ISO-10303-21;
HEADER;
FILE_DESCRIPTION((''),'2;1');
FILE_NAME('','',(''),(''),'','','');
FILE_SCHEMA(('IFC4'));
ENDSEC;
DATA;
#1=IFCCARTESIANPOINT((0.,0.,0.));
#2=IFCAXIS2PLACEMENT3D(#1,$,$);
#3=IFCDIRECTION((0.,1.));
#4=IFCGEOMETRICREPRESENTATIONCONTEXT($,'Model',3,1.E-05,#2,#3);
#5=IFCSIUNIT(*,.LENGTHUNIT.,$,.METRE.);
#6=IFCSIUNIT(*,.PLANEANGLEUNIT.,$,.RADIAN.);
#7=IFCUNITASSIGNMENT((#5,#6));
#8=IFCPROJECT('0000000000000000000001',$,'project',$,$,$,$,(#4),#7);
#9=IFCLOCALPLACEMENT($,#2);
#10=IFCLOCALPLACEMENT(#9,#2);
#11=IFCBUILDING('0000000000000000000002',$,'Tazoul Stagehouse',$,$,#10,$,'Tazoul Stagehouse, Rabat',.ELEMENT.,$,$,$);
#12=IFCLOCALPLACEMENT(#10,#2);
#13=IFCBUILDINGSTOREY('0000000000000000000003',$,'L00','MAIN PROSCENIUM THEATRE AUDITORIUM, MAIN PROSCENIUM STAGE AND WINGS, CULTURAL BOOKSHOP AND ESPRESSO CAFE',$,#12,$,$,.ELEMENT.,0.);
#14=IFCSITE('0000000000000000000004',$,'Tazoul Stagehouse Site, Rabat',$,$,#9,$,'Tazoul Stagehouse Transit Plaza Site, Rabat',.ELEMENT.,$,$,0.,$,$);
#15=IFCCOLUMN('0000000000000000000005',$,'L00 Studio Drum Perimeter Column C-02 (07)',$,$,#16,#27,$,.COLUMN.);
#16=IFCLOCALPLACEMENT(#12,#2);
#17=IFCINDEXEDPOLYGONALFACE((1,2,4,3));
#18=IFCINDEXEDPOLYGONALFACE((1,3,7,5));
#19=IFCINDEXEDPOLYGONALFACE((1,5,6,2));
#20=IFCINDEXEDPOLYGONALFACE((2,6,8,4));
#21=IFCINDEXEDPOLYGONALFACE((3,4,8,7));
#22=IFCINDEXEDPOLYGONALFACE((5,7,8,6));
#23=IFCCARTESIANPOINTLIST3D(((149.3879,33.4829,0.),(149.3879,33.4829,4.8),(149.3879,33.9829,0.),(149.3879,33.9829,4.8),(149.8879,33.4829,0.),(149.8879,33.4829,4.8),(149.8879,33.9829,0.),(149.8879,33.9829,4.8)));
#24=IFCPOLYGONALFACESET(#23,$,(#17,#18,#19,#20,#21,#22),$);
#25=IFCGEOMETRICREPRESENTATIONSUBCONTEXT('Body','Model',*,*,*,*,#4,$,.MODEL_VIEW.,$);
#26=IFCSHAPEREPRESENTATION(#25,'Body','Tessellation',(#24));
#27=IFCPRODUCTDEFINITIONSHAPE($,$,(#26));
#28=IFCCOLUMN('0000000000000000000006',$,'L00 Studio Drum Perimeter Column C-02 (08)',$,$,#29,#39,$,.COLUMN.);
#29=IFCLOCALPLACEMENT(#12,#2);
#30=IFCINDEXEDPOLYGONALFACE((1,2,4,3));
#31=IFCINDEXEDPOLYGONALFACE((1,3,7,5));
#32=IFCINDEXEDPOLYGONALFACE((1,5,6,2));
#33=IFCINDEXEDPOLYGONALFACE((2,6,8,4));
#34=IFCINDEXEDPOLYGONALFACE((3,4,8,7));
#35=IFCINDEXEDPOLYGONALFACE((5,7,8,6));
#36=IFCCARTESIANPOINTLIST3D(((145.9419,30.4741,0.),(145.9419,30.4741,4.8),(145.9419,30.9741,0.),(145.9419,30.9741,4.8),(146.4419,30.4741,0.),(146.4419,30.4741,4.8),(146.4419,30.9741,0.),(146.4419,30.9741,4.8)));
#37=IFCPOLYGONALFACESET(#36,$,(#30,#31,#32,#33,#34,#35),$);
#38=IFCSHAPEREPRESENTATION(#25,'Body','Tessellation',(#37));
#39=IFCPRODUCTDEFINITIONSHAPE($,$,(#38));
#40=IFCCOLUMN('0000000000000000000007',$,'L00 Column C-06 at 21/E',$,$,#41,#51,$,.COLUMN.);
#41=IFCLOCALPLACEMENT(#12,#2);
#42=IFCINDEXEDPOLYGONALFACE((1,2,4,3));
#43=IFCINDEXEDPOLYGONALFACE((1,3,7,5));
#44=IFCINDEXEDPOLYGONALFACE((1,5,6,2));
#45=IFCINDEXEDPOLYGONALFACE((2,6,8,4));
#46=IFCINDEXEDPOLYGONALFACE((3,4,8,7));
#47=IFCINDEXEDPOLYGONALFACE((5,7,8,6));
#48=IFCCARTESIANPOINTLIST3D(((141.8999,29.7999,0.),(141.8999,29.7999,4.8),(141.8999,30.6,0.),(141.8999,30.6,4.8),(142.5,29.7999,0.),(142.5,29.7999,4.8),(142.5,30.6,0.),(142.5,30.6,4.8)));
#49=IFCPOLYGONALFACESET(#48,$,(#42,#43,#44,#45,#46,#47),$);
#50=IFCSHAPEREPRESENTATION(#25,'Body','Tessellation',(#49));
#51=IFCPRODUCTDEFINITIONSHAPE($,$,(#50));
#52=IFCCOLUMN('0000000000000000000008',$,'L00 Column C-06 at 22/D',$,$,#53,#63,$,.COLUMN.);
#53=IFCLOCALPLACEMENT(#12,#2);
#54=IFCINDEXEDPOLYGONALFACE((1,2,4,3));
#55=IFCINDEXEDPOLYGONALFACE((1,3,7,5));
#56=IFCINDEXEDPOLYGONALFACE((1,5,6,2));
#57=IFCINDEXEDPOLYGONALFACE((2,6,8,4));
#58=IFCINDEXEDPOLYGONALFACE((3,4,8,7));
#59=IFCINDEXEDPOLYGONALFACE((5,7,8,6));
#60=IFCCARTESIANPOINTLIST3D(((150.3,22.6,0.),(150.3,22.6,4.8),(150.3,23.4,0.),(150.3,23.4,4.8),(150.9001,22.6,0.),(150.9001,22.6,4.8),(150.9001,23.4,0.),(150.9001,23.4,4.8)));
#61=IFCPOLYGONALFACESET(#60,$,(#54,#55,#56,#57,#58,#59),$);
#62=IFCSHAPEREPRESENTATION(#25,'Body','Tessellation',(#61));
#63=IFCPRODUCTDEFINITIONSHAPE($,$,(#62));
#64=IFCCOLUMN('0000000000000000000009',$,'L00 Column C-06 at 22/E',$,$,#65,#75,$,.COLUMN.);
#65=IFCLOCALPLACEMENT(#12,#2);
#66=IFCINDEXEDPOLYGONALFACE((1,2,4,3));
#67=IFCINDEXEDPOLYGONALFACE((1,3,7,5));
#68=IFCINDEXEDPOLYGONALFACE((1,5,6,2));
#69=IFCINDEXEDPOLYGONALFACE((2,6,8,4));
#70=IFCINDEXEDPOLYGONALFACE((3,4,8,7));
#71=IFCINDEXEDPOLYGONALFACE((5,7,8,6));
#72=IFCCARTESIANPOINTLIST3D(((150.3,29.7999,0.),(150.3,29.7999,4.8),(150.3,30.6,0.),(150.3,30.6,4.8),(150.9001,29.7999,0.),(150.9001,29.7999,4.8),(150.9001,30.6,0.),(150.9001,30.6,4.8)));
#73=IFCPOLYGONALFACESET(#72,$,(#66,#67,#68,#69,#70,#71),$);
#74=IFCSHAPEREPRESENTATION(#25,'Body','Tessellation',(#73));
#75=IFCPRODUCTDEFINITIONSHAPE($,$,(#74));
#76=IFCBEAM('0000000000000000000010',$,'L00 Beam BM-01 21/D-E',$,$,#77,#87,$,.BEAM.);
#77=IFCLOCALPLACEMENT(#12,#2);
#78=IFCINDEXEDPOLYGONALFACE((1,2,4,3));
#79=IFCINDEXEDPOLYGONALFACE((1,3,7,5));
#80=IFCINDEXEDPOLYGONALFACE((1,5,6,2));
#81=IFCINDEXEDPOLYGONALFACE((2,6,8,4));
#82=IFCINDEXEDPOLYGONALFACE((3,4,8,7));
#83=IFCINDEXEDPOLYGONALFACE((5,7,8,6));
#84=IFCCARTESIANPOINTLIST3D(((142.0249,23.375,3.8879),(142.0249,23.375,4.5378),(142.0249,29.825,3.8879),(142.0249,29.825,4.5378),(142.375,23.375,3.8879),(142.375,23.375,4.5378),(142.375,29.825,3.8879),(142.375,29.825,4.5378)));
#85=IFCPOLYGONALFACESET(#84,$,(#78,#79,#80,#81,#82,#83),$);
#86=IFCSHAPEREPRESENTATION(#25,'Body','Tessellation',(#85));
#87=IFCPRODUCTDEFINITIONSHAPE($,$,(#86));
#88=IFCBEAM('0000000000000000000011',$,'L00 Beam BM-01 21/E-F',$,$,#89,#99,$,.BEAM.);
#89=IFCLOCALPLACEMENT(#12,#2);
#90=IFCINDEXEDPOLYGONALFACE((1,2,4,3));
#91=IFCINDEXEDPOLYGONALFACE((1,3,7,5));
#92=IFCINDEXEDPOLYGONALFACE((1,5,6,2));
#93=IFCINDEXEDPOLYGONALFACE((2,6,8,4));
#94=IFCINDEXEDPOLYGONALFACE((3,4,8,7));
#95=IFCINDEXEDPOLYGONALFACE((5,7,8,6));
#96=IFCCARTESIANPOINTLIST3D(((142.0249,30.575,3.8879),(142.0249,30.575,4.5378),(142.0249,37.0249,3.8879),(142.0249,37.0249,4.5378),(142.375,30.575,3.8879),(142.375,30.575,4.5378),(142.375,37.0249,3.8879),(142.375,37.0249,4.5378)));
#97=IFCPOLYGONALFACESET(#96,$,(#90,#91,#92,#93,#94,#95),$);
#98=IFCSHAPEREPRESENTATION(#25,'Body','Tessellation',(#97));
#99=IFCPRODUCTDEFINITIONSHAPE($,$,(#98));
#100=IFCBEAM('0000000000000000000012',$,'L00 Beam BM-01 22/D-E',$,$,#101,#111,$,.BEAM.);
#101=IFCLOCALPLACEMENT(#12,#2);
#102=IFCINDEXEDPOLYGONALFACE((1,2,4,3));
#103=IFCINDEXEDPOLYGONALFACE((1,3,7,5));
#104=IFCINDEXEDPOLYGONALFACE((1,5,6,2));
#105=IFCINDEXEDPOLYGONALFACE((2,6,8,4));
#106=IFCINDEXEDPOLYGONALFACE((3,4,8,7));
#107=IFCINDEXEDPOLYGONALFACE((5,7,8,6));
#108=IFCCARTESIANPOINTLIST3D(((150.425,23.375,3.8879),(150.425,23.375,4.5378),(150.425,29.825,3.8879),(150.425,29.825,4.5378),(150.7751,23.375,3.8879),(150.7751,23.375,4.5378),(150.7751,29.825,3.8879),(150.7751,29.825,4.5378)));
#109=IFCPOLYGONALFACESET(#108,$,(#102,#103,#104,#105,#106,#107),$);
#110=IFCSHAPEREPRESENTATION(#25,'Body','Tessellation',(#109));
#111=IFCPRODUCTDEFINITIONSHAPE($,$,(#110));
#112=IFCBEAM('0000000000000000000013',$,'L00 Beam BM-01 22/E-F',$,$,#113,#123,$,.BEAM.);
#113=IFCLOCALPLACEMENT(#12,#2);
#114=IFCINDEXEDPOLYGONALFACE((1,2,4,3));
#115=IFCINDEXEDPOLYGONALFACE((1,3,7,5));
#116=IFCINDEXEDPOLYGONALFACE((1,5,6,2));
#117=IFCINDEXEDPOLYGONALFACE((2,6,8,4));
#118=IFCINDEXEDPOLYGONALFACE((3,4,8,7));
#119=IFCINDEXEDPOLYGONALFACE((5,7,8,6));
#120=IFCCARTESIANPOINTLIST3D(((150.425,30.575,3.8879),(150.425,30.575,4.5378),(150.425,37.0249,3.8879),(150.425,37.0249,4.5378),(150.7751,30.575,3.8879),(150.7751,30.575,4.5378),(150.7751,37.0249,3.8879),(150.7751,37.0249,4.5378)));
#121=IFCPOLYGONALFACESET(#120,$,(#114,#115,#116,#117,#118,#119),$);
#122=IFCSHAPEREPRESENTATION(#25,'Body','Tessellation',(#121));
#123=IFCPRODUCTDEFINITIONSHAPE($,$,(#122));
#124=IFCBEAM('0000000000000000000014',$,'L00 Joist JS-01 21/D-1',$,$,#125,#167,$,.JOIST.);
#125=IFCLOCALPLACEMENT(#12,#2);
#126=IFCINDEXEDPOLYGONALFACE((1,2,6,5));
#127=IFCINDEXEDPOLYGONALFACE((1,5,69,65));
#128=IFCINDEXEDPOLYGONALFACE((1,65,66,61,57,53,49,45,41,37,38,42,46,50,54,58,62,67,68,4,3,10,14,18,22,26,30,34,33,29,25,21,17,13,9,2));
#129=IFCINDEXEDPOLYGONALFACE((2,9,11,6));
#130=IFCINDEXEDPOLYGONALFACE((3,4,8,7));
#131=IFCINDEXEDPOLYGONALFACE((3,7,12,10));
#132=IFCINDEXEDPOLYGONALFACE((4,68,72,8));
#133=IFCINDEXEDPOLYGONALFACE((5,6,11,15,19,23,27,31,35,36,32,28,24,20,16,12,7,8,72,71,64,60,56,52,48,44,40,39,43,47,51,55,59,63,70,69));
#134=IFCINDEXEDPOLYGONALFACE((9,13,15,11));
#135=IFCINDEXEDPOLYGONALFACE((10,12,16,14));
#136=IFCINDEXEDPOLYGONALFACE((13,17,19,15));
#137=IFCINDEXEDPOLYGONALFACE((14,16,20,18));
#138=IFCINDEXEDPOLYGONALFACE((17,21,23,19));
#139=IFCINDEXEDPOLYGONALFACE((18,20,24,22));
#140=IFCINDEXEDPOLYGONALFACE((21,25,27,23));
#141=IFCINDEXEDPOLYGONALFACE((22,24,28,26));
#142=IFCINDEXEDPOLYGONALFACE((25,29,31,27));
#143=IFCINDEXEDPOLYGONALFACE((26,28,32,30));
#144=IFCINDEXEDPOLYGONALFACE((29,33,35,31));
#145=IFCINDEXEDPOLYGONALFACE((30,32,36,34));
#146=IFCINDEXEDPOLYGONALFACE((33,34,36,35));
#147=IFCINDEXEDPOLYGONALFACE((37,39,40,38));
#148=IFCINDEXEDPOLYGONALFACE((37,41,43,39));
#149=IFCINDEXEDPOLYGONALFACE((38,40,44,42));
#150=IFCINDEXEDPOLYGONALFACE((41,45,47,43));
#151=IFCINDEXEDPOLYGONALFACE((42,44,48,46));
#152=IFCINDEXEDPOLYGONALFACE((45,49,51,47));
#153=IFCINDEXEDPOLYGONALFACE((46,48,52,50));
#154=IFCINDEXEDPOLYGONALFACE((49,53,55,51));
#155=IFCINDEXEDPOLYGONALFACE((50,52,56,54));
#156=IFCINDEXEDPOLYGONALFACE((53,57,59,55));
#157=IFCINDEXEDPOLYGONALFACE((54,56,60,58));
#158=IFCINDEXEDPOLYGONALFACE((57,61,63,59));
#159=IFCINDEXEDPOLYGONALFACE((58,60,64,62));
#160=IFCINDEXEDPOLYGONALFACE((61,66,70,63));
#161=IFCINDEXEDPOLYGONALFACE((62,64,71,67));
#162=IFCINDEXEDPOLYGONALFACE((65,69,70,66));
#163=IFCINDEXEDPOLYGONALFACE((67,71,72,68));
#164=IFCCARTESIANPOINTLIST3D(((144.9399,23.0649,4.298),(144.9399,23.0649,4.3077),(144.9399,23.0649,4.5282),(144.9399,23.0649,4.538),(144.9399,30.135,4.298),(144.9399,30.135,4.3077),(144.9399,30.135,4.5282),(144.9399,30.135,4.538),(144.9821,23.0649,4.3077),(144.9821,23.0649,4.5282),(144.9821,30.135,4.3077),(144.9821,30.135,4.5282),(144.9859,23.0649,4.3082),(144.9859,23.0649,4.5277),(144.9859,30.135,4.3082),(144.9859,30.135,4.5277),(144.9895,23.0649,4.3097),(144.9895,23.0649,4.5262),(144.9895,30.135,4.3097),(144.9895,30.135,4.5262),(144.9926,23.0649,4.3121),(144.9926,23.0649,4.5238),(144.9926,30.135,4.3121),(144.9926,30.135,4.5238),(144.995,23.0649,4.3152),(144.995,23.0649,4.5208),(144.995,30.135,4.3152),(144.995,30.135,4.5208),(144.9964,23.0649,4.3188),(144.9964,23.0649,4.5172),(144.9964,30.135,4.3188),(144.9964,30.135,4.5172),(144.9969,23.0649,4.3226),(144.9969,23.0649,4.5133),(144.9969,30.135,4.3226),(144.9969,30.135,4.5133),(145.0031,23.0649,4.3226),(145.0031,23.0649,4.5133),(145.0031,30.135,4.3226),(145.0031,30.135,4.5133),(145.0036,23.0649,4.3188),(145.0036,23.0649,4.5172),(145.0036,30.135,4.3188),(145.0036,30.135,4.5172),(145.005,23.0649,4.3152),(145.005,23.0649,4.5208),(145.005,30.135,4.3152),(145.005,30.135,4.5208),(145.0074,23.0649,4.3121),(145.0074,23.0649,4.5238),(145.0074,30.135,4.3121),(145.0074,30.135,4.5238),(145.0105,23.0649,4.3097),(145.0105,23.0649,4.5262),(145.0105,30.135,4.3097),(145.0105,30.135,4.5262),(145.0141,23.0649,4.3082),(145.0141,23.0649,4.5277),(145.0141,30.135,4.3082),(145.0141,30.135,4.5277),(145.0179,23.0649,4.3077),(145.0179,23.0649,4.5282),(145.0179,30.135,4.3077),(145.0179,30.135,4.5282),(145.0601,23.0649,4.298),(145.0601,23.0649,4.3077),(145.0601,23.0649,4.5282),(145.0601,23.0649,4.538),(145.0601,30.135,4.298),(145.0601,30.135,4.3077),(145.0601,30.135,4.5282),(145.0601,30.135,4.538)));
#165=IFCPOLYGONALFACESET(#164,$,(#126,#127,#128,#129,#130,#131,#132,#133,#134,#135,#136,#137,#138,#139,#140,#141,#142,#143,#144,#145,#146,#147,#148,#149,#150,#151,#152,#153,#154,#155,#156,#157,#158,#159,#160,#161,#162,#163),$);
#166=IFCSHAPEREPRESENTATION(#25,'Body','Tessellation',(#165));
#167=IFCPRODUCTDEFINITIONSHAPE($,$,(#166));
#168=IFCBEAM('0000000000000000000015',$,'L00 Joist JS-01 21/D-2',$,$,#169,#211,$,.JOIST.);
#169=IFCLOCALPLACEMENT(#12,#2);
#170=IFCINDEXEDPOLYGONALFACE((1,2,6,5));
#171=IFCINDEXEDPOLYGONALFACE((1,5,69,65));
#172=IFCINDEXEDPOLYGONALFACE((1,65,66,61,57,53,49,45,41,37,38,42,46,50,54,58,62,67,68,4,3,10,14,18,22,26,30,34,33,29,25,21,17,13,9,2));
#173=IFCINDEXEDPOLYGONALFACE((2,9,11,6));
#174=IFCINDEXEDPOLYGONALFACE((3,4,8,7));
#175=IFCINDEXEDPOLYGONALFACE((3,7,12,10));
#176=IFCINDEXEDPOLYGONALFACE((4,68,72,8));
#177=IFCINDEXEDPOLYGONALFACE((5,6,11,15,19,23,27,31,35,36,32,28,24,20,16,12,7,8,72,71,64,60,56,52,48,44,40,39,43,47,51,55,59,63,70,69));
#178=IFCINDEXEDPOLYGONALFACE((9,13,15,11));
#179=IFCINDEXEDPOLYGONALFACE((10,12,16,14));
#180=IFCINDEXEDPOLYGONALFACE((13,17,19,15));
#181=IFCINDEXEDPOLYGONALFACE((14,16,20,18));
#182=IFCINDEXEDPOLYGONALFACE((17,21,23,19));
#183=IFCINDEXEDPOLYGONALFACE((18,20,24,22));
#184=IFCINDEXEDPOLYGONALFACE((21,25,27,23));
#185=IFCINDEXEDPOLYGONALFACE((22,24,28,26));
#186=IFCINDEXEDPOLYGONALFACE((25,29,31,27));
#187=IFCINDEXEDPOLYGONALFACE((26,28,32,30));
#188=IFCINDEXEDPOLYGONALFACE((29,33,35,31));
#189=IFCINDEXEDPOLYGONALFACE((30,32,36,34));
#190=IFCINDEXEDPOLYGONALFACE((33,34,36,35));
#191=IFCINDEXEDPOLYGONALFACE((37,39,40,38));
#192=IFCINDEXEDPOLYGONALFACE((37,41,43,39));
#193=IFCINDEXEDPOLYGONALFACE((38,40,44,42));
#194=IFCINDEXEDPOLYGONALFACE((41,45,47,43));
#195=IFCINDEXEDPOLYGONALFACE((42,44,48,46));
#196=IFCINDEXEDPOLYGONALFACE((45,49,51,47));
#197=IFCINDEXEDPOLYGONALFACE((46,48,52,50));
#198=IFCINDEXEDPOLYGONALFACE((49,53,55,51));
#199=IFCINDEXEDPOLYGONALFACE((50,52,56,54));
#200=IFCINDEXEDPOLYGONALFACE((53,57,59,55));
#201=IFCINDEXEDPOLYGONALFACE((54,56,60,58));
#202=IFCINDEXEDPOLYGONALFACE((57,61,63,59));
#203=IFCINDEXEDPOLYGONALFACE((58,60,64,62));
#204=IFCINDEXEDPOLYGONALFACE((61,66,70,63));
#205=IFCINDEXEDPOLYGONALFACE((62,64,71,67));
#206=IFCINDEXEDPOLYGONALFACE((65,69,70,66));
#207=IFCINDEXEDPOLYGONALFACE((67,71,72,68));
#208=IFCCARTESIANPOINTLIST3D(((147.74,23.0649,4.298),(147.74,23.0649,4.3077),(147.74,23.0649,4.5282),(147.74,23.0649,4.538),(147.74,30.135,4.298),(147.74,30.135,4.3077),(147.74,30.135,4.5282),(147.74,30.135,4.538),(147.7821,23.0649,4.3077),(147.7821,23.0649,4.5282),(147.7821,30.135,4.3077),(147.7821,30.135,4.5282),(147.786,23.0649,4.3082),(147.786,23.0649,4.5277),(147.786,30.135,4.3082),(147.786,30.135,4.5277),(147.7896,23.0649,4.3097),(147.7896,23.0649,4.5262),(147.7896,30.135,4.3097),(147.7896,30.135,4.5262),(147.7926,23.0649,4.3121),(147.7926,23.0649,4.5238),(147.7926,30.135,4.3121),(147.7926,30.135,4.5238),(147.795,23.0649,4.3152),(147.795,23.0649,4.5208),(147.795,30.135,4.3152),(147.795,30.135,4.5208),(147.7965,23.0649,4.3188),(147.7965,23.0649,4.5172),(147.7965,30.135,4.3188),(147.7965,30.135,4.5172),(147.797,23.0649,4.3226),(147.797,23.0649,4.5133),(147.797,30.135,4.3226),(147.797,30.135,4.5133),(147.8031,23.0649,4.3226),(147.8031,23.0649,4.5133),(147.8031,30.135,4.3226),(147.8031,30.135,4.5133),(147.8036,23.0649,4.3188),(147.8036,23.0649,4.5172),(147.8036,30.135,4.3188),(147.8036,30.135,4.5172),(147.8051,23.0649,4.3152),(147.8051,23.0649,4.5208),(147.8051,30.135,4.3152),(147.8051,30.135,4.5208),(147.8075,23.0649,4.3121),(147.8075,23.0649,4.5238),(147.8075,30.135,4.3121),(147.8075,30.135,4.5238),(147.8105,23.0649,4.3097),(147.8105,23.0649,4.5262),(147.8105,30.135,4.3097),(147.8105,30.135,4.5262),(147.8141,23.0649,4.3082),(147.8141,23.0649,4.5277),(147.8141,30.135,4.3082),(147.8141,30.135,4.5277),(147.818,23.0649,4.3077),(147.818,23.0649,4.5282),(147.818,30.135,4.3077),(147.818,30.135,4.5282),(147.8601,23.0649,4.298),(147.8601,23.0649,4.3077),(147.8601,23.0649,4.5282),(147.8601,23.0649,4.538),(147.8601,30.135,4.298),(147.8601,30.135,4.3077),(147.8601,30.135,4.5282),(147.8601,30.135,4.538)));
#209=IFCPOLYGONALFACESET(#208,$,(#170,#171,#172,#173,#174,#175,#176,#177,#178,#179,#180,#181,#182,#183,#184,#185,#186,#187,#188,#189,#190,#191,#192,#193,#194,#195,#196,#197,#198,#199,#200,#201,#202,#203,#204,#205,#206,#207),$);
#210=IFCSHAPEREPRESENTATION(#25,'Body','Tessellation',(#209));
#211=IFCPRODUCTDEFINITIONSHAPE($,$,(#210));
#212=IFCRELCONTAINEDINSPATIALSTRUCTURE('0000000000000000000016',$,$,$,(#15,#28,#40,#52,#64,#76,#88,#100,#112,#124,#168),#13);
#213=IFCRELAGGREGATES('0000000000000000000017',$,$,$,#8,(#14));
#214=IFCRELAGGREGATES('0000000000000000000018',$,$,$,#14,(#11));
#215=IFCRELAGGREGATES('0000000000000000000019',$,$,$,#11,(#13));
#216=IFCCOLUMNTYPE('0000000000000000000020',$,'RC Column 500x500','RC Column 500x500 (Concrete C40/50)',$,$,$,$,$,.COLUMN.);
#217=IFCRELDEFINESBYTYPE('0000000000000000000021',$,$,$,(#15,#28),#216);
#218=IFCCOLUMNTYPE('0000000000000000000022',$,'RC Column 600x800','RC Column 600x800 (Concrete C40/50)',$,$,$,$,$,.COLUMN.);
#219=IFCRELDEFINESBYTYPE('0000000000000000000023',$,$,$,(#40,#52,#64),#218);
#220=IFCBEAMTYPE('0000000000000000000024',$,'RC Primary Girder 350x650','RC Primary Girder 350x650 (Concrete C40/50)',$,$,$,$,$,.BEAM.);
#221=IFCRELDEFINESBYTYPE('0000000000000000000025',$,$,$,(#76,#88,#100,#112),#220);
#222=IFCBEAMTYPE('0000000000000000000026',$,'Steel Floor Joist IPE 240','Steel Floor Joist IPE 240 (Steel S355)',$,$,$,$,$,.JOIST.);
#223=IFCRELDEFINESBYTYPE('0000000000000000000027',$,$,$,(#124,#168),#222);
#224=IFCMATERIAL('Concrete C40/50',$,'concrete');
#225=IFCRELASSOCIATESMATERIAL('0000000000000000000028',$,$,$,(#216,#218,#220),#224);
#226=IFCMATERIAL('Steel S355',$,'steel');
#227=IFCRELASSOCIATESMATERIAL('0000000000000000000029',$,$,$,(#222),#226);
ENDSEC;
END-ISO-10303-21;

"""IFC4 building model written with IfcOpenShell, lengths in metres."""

from ifc_helpers import new_model, si_unit, direction, frame, origin, origin_2d, place, context, subcontext, project, spatial, rectangle, i_section, extrude, material, material_profile, profile_set, type_object, element, save


model = new_model("IFC4")

# Units and contexts
model_context = context("Model", 3, precision=1e-05, world=origin(), true_north=direction((0.0, 1.0)))
body_context = subcontext(model_context, "Body", "Model", "MODEL_VIEW")
ifc_project = project(units=[si_unit("LENGTHUNIT", "METRE"), si_unit("PLANEANGLEUNIT", "RADIAN")], contexts=[model_context])

# Site, building, storey
site_placement = place(None, origin())
site = spatial("IfcSite", under=ifc_project, at=site_placement, Name="Tazoul Stagehouse Site, Rabat", LongName="Tazoul Stagehouse Transit Plaza Site, Rabat", CompositionType="ELEMENT", RefElevation=0.0)
building_placement = place(site_placement, origin())
building = spatial("IfcBuilding", under=site, at=building_placement, Name="Tazoul Stagehouse", LongName="Tazoul Stagehouse, Rabat", CompositionType="ELEMENT")
storey_placement = place(building_placement, origin())
storey = spatial("IfcBuildingStorey", under=building, at=storey_placement, Name="L00", Description="MAIN PROSCENIUM THEATRE AUDITORIUM, MAIN PROSCENIUM STAGE AND WINGS, CULTURAL BOOKSHOP AND ESPRESSO CAFE", CompositionType="ELEMENT", Elevation=0.0)

# Columns
ifc_material_1 = material(Name="Concrete C40/50", Category="concrete")
ifc_material_profile_1 = material_profile(ifc_material_1, rectangle(XDim=0.5, YDim=0.5, at=origin_2d()), Name="RC 500x500")
ifc_profile_set_1 = profile_set([ifc_material_profile_1], Name="Concrete C40/50")
column_type_1 = type_object("IfcColumnType", Name="RC Column 500x500", Description="RC Column 500x500 (Concrete C40/50)", PredefinedType="COLUMN", material=ifc_profile_set_1)
for number, where, z_axis, x_axis, name in (
    (1, (149.6379, 33.7329, 0.0), (0.0, 0.0, 1.0), (1.0, 0.0, 0.0), "L00 Studio Drum Perimeter Column C-02 (07)"),
    (2, (146.1919, 30.7241, 0.0), (0.0, 0.0, 1.0), (1.0, 0.0, 0.0), "L00 Studio Drum Perimeter Column C-02 (08)"),
):
    element("IfcColumn", number, at=place(storey_placement, frame(where, z_axis=z_axis, x_axis=x_axis)), inside=storey, type_object=column_type_1, Name=name, PredefinedType="COLUMN", context=body_context, shape_type="SweptSolid", body=[
        extrude(rectangle(XDim=0.5, YDim=0.5, at=origin_2d()), origin(), (0.0, 0.0, 1.0), 4.8),
    ])
ifc_material_profile_2 = material_profile(ifc_material_1, rectangle(XDim=0.6001, YDim=0.8, at=origin_2d()), Name="RC 600x800")
ifc_profile_set_2 = profile_set([ifc_material_profile_2], Name="Concrete C40/50")
column_type_2 = type_object("IfcColumnType", Name="RC Column 600x800", Description="RC Column 600x800 (Concrete C40/50)", PredefinedType="COLUMN", material=ifc_profile_set_2)
for number, where, z_axis, x_axis, name in (
    (3, (142.2, 30.2, 0.0), (0.0, 0.0, 1.0), (1.0, 0.0, 0.0), "L00 Column C-06 at 21/E"),
    (4, (150.6001, 23.0, 0.0), (0.0, 0.0, 1.0), (1.0, 0.0, 0.0), "L00 Column C-06 at 22/D"),
    (5, (150.6001, 30.2, 0.0), (0.0, 0.0, 1.0), (1.0, 0.0, 0.0), "L00 Column C-06 at 22/E"),
):
    element("IfcColumn", number, at=place(storey_placement, frame(where, z_axis=z_axis, x_axis=x_axis)), inside=storey, type_object=column_type_2, Name=name, PredefinedType="COLUMN", context=body_context, shape_type="SweptSolid", body=[
        extrude(rectangle(XDim=0.6001, YDim=0.8, at=origin_2d()), origin(), (0.0, 0.0, 1.0), 4.8),
    ])

# Beams
ifc_material_profile_3 = material_profile(ifc_material_1, rectangle(XDim=0.3501, YDim=0.6499, at=origin_2d()), Name="RC 350x650")
ifc_profile_set_3 = profile_set([ifc_material_profile_3], Name="Concrete C40/50")
beam_type_1 = type_object("IfcBeamType", Name="RC Primary Girder 350x650", Description="RC Primary Girder 350x650 (Concrete C40/50)", PredefinedType="BEAM", material=ifc_profile_set_3)
for number, where, z_axis, x_axis, name in (
    (6, (142.2, 23.375, 4.2129), (0.0, 1.0, 0.0), (-1.0, 0.0, 0.0), "L00 Beam BM-01 21/D-E"),
    (7, (142.2, 30.575, 4.2129), (0.0, 1.0, 0.0), (-1.0, 0.0, 0.0), "L00 Beam BM-01 21/E-F"),
    (8, (150.6001, 23.375, 4.2129), (0.0, 1.0, 0.0), (-1.0, 0.0, 0.0), "L00 Beam BM-01 22/D-E"),
    (9, (150.6001, 30.575, 4.2129), (0.0, 1.0, 0.0), (-1.0, 0.0, 0.0), "L00 Beam BM-01 22/E-F"),
):
    element("IfcBeam", number, at=place(storey_placement, frame(where, z_axis=z_axis, x_axis=x_axis)), inside=storey, type_object=beam_type_1, Name=name, PredefinedType="BEAM", context=body_context, shape_type="SweptSolid", body=[
        extrude(rectangle(XDim=0.3501, YDim=0.6499, at=origin_2d()), origin(), (0.0, 0.0, 1.0), 6.45),
    ])
ifc_material_2 = material(Name="Steel S355", Category="steel")
ifc_material_profile_4 = material_profile(ifc_material_2, i_section(OverallWidth=0.1201, OverallDepth=0.24, WebThickness=0.0061, FlangeThickness=0.0098, FilletRadius=0.0149, at=origin_2d()), Name="IPE 240")
ifc_profile_set_4 = profile_set([ifc_material_profile_4], Name="Steel S355")
beam_type_2 = type_object("IfcBeamType", Name="Steel Floor Joist IPE 240", Description="Steel Floor Joist IPE 240 (Steel S355)", PredefinedType="JOIST", material=ifc_profile_set_4)
for number, where, z_axis, x_axis, name in (
    (10, (145.0, 23.0649, 4.418), (0.0, 1.0, 0.0), (-1.0, 0.0, 0.0), "L00 Joist JS-01 21/D-1"),
    (11, (147.8, 23.0649, 4.418), (0.0, 1.0, 0.0), (-1.0, 0.0, 0.0), "L00 Joist JS-01 21/D-2"),
):
    element("IfcBeam", number, at=place(storey_placement, frame(where, z_axis=z_axis, x_axis=x_axis)), inside=storey, type_object=beam_type_2, Name=name, PredefinedType="JOIST", context=body_context, shape_type="SweptSolid", body=[
        extrude(i_section(OverallWidth=0.1201, OverallDepth=0.24, WebThickness=0.0061, FlangeThickness=0.0098, FilletRadius=0.0149, at=origin_2d()), origin(), (0.0, 0.0, 1.0), 7.0701),
    ])

save(model, "model.ifc")
